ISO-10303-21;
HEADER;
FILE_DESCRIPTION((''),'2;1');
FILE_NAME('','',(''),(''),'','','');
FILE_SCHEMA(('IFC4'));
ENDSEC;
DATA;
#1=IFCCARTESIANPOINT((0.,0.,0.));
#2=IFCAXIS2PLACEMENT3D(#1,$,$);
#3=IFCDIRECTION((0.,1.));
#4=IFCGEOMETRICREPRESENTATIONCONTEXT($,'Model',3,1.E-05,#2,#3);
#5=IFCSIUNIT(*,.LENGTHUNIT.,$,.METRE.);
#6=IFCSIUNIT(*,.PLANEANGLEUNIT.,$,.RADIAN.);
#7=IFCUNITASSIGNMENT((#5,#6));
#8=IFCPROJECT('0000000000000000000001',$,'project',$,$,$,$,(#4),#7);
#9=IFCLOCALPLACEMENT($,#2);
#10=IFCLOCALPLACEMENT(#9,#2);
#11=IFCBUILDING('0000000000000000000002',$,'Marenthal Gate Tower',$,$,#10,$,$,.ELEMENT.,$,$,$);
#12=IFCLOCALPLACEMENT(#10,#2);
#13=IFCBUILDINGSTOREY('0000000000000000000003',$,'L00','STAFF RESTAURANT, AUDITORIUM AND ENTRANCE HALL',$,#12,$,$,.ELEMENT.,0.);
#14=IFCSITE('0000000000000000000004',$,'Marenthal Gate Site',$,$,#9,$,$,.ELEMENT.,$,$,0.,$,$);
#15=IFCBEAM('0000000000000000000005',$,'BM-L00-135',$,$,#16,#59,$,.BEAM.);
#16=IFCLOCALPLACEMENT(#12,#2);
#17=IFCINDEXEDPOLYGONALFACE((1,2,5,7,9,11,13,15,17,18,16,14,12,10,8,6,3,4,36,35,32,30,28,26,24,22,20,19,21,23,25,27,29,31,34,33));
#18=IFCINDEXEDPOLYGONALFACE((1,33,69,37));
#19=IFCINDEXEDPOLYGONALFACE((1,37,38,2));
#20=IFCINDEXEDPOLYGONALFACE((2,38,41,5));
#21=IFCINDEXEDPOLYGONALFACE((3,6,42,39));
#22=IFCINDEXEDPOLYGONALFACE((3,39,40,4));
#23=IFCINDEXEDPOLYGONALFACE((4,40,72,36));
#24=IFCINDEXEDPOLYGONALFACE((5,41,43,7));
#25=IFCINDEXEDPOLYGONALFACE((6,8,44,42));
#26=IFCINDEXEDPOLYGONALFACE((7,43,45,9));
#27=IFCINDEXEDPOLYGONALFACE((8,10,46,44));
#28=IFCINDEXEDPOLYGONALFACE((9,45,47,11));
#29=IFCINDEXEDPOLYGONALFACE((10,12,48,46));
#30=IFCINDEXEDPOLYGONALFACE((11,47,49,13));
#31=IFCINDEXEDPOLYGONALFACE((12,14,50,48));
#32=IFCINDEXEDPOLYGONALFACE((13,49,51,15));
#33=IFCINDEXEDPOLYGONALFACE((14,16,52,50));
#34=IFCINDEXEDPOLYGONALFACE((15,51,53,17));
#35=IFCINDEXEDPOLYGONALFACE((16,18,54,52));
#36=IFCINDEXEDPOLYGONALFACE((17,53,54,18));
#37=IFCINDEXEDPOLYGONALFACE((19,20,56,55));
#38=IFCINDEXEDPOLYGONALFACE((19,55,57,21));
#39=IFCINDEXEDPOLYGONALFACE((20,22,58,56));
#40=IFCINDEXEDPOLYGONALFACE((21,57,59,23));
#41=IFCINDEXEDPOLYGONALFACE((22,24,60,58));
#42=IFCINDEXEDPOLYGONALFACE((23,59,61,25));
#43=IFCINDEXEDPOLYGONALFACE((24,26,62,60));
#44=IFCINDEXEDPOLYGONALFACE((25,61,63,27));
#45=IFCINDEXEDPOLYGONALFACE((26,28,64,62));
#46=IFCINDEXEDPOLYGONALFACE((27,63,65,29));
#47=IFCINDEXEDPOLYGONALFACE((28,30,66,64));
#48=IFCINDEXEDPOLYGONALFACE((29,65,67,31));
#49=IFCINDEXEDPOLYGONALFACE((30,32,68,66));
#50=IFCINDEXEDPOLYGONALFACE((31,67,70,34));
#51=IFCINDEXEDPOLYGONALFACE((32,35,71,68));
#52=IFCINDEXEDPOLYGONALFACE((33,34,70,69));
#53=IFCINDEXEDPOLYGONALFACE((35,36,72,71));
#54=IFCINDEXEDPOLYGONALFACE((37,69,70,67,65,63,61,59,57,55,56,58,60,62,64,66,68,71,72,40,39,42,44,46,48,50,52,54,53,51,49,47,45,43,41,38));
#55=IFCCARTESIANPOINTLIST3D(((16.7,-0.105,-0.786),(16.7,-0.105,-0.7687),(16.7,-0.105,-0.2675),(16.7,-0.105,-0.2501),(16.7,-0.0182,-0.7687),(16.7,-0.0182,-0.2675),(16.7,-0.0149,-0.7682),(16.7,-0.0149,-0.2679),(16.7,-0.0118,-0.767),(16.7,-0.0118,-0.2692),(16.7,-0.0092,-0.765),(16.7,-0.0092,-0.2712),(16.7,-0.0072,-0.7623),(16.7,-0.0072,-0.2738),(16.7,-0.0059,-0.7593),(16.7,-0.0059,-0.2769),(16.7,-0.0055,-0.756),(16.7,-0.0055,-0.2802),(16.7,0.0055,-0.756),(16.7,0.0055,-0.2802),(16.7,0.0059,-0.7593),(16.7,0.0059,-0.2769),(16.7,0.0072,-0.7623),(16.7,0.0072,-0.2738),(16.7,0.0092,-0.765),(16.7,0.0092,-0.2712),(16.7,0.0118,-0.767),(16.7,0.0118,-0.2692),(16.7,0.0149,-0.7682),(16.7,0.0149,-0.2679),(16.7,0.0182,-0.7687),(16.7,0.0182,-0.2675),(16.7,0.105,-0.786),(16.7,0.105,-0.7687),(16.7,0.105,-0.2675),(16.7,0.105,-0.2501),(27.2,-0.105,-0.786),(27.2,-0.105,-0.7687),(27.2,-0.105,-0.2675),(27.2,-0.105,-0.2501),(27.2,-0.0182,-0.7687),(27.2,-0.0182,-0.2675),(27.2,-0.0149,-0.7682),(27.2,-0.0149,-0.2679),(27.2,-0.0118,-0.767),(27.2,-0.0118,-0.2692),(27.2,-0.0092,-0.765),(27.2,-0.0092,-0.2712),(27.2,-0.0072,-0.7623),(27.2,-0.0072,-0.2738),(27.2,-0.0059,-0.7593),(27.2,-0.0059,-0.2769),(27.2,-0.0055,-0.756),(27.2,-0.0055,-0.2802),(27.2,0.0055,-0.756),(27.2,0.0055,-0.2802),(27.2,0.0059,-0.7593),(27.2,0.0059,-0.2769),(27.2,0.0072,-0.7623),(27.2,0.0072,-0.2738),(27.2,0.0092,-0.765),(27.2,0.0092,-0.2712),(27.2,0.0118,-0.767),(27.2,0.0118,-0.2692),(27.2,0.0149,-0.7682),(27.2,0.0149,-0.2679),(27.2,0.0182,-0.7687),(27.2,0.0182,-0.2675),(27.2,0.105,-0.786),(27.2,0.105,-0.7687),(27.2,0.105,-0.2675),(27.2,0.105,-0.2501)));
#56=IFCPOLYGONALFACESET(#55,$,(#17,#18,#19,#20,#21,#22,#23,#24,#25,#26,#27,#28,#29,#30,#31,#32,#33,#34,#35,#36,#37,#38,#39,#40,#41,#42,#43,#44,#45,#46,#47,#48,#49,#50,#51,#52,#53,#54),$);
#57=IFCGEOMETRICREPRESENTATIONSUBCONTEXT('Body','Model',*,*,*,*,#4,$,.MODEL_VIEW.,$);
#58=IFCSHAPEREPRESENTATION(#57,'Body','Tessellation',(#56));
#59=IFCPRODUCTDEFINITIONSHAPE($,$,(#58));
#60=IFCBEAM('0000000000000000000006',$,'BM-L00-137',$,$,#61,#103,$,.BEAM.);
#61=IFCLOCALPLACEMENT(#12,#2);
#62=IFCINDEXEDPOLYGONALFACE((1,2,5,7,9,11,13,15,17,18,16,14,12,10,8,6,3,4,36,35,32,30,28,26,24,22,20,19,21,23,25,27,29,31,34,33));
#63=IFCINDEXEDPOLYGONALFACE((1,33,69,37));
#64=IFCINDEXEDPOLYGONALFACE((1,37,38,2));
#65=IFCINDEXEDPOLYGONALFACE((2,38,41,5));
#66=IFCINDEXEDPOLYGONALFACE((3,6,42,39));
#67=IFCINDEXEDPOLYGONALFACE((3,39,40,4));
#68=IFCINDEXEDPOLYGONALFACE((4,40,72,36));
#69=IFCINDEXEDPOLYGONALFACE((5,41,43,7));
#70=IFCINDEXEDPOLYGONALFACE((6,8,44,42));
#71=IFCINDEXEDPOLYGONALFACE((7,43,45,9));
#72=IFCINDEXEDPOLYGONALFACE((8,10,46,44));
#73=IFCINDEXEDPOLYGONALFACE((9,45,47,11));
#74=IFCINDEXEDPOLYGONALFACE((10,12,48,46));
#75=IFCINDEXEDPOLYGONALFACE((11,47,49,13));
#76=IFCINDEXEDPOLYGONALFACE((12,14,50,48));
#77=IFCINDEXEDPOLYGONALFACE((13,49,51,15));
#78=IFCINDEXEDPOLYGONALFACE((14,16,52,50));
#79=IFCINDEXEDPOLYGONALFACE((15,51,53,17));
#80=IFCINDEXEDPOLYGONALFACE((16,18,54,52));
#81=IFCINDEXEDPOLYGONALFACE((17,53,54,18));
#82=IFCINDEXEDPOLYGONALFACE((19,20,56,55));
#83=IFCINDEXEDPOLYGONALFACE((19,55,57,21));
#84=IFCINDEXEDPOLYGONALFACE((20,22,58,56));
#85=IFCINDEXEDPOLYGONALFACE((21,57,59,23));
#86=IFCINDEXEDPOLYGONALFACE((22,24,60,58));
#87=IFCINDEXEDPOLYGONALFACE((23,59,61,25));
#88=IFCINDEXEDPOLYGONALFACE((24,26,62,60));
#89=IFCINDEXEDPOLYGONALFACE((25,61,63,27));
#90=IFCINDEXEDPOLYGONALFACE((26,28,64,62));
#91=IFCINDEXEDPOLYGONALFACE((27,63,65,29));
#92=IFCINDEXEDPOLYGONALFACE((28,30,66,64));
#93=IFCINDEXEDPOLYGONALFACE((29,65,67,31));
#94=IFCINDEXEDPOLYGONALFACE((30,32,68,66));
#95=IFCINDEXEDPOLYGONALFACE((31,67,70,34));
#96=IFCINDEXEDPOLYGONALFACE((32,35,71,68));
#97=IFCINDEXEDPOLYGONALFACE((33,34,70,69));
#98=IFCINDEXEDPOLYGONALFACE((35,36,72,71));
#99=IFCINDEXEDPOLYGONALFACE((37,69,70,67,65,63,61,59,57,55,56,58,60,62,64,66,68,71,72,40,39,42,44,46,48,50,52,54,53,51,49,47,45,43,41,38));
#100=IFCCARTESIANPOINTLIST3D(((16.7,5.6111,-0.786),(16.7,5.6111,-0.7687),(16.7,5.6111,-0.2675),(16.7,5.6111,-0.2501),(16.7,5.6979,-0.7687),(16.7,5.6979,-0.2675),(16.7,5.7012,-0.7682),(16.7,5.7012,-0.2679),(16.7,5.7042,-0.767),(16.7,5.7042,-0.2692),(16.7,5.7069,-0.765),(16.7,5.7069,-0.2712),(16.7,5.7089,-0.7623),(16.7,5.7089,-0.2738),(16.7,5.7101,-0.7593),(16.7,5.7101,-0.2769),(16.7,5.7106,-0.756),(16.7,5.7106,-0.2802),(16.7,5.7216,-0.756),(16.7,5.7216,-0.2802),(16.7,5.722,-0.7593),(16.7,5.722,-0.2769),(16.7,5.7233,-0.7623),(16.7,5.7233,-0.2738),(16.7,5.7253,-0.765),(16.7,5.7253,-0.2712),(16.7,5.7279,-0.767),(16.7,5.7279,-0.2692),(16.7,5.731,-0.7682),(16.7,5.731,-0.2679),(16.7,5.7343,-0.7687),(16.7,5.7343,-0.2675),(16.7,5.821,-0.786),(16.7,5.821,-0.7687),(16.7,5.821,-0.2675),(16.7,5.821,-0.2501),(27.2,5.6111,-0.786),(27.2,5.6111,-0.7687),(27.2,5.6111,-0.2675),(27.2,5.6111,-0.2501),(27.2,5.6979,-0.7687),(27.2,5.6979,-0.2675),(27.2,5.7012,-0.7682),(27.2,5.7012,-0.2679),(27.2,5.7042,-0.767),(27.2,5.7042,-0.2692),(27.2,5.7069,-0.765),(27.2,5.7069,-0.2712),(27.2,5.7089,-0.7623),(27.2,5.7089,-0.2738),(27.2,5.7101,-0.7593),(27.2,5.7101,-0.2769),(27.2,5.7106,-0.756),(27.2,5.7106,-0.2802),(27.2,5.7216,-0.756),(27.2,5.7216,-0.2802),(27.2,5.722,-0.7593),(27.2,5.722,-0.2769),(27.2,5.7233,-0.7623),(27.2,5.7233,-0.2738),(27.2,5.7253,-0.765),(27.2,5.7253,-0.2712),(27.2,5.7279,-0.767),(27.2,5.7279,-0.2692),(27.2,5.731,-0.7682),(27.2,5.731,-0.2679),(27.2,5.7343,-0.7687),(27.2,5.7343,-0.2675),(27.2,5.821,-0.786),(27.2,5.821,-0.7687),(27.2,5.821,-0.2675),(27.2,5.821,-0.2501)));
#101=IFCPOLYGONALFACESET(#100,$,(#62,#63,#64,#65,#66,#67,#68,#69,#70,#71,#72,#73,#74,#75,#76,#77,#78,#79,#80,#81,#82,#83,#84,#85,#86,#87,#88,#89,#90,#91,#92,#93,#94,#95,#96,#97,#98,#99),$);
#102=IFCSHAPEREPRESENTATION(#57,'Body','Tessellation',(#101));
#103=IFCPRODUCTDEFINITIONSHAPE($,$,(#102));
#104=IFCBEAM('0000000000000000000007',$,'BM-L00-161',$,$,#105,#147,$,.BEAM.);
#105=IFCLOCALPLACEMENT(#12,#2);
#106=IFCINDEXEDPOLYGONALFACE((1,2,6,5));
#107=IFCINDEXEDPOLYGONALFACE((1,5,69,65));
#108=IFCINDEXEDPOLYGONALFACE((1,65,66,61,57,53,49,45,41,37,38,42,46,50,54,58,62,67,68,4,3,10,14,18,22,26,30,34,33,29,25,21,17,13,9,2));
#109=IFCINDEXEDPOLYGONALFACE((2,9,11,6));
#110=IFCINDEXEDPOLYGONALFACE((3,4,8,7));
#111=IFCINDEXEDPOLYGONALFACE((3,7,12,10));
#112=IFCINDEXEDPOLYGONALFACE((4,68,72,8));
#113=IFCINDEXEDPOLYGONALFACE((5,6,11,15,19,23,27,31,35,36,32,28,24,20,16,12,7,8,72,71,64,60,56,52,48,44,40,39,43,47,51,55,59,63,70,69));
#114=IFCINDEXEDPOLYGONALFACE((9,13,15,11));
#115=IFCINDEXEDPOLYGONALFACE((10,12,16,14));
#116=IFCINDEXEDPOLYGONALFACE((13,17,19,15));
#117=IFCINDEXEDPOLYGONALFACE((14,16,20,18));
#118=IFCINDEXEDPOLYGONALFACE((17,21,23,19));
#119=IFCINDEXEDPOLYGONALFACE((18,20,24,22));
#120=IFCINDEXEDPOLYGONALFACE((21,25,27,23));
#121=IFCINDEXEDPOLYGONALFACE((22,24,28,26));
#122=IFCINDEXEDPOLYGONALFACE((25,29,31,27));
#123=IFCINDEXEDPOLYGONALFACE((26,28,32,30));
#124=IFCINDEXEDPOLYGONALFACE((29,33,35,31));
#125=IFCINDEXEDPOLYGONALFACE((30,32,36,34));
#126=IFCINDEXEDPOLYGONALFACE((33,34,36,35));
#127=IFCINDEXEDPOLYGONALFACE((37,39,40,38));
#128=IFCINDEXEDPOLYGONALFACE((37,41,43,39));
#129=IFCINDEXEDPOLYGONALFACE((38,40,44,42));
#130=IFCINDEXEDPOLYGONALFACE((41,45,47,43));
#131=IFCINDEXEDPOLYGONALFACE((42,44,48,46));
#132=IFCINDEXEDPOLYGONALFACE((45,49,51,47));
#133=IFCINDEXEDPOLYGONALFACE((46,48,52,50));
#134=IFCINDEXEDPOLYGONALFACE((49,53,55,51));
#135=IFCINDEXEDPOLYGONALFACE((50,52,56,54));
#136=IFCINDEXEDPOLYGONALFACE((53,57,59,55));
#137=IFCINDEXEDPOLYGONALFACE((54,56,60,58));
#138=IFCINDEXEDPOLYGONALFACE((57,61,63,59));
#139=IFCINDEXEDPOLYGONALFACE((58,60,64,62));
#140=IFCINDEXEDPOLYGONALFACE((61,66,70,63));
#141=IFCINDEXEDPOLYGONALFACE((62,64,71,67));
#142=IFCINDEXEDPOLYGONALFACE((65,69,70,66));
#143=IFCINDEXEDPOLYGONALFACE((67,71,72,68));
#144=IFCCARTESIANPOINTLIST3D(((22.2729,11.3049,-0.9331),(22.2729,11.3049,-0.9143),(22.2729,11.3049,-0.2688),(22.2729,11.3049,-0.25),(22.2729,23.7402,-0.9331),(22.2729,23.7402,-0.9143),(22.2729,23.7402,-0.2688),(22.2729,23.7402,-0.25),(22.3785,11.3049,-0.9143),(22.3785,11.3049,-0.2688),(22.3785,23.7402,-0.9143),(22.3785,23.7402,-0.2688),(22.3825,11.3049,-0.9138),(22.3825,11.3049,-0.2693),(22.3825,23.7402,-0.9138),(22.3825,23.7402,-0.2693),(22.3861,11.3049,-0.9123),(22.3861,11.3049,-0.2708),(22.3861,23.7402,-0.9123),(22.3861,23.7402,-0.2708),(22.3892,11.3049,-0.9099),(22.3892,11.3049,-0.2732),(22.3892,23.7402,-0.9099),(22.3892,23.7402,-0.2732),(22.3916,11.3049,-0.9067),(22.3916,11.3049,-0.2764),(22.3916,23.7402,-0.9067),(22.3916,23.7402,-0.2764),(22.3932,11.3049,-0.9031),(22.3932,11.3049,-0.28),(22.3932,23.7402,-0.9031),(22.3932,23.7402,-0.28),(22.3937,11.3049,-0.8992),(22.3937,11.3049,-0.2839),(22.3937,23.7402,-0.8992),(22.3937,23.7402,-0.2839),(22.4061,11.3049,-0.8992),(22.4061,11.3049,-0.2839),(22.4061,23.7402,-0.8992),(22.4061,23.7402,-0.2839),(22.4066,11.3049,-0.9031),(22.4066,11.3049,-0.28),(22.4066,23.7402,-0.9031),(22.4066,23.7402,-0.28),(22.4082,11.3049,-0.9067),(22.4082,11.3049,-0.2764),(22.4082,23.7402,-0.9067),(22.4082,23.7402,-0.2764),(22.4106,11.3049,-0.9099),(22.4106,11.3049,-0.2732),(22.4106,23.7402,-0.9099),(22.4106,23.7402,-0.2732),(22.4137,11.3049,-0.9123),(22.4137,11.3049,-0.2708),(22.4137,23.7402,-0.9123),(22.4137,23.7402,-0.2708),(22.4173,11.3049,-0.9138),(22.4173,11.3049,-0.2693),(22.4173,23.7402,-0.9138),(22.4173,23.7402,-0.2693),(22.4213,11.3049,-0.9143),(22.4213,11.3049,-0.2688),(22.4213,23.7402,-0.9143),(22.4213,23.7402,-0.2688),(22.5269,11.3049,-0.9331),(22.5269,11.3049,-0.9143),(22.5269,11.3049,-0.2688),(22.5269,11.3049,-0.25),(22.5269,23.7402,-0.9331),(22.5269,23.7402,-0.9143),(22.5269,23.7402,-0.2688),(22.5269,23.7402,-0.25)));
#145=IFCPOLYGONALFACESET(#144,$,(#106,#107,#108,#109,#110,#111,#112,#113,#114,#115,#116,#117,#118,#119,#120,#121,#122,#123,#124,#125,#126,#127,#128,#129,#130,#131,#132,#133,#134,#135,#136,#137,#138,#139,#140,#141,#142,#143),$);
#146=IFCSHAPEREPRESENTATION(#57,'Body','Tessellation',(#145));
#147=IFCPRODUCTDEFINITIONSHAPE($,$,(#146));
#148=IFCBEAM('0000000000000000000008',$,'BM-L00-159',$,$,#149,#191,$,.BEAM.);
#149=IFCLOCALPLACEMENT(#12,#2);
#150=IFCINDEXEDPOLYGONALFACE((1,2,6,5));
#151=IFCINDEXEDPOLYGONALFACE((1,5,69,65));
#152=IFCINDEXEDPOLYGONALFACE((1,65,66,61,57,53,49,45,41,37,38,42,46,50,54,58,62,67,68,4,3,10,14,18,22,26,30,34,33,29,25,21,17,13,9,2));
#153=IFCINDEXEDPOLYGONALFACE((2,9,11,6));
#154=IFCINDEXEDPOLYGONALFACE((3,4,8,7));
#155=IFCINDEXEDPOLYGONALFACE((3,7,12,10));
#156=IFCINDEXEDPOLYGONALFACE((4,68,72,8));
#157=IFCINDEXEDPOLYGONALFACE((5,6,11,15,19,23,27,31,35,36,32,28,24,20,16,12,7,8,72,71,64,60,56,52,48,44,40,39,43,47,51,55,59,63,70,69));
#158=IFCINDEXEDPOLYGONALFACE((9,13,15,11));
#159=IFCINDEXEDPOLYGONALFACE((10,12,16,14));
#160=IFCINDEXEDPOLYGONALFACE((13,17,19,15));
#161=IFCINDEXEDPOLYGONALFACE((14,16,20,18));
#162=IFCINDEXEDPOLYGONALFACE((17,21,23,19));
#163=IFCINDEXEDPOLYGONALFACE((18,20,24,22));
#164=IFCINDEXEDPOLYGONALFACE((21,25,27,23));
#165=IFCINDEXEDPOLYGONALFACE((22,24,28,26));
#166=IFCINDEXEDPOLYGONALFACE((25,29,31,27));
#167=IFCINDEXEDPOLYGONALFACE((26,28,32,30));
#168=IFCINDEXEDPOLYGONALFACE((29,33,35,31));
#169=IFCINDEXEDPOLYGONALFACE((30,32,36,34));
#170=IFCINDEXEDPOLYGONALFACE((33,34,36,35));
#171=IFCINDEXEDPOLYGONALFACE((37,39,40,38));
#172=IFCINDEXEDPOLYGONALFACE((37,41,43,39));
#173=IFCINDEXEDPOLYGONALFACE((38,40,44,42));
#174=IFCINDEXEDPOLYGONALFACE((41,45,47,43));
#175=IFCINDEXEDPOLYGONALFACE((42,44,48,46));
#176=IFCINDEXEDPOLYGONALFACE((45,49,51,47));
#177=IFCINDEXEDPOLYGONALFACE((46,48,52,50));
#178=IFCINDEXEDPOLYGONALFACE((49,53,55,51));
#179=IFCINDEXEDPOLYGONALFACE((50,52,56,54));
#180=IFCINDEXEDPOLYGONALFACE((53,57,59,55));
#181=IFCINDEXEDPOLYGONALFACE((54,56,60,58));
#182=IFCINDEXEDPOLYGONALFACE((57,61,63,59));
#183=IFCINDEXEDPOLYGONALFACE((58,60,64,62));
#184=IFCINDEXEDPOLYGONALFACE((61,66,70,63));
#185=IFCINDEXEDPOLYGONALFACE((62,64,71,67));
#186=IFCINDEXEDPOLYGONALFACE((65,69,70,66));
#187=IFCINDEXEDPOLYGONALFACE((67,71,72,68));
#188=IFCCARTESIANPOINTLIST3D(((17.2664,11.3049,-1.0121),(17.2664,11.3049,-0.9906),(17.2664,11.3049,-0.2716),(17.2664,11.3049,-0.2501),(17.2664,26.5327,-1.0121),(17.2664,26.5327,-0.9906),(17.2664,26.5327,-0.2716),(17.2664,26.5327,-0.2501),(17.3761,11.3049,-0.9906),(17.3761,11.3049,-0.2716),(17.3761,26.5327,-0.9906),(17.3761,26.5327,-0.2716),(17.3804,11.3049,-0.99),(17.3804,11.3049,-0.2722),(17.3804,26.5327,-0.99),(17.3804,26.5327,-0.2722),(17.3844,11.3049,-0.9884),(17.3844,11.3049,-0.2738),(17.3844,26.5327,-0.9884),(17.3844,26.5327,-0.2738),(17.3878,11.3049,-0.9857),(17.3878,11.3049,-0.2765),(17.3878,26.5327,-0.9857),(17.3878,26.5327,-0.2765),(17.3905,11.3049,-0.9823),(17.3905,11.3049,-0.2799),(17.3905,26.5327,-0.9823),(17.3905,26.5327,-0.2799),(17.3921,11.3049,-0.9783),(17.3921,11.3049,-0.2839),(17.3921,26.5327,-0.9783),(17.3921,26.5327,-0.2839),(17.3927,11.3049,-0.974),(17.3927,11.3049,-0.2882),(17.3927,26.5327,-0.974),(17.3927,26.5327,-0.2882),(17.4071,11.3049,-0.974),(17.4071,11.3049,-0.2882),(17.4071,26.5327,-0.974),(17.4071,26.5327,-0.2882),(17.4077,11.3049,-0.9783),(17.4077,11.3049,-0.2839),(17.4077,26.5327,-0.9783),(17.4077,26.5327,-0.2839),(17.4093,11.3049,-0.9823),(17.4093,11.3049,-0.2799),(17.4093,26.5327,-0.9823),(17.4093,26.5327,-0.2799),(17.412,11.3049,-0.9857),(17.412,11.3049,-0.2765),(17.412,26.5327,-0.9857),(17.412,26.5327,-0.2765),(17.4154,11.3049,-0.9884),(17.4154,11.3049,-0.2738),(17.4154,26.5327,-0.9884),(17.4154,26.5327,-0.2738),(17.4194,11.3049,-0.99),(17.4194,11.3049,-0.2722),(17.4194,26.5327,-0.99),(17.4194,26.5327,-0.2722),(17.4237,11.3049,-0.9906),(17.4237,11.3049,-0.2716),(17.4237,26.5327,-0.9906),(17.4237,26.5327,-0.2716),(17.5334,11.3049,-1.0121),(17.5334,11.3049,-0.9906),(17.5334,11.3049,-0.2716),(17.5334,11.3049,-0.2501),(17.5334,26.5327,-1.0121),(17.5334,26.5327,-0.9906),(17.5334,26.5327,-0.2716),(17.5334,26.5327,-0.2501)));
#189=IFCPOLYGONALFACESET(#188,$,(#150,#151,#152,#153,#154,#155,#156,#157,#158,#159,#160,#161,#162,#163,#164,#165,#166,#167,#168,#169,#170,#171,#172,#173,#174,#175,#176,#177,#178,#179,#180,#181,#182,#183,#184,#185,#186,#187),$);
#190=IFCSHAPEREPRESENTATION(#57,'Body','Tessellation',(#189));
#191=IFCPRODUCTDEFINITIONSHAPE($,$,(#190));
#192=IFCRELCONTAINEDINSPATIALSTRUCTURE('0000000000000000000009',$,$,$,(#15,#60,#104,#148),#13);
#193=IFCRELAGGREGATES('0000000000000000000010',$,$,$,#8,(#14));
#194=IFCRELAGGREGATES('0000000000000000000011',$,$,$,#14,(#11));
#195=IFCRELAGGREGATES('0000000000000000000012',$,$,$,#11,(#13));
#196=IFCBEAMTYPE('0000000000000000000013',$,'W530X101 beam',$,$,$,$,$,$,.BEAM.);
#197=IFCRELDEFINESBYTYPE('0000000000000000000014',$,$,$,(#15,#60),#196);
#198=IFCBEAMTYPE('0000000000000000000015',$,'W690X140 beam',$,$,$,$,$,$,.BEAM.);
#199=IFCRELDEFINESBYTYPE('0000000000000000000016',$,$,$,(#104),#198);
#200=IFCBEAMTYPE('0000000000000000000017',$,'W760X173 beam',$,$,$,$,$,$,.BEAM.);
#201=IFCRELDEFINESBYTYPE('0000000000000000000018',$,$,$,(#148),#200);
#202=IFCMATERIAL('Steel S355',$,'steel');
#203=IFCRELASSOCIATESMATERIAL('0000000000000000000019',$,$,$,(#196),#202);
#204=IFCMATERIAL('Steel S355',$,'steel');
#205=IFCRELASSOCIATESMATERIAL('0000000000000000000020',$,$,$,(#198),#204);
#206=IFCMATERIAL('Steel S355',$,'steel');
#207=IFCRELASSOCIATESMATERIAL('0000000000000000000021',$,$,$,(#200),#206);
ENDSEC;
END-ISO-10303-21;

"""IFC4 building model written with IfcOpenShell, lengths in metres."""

from ifc_helpers import new_model, si_unit, direction, frame, origin, origin_2d, place, context, subcontext, project, spatial, i_section, extrude, material, material_profile, profile_set, type_object, element, save


model = new_model("IFC4")

# Units and contexts
model_context = context("Model", 3, precision=1e-05, world=origin(), true_north=direction((0.0, 1.0)))
body_context = subcontext(model_context, "Body", "Model", "MODEL_VIEW")
ifc_project = project(units=[si_unit("LENGTHUNIT", "METRE"), si_unit("PLANEANGLEUNIT", "RADIAN")], contexts=[model_context])

# Site, building, storey
site_placement = place(None, origin())
site = spatial("IfcSite", under=ifc_project, at=site_placement, Name="Marenthal Gate Site", CompositionType="ELEMENT", RefElevation=0.0)
building_placement = place(site_placement, origin())
building = spatial("IfcBuilding", under=site, at=building_placement, Name="Marenthal Gate Tower", CompositionType="ELEMENT")
storey_placement = place(building_placement, origin())
storey = spatial("IfcBuildingStorey", under=building, at=storey_placement, Name="L00", Description="STAFF RESTAURANT, AUDITORIUM AND ENTRANCE HALL", CompositionType="ELEMENT", Elevation=0.0)

# Beams
ifc_material_1 = material(Name="Steel S355", Category="steel")
ifc_material_profile_1 = material_profile(ifc_material_1, i_section(OverallWidth=0.21, OverallDepth=0.5359, WebThickness=0.011, FlangeThickness=0.0173, FilletRadius=0.0127, at=origin_2d()), Name="W530X101")
ifc_profile_set_1 = profile_set([ifc_material_profile_1], Name="Steel S355")
beam_type_1 = type_object("IfcBeamType", Name="W530X101 beam", PredefinedType="BEAM", material=ifc_profile_set_1)
for number, where, z_axis, x_axis, name in (
    (1, (16.7, 0.0, -0.5181), (1.0, 0.0, 0.0), (0.0, 1.0, 0.0), "BM-L00-135"),
    (2, (16.7, 5.7161, -0.5181), (1.0, 0.0, 0.0), (0.0, 1.0, 0.0), "BM-L00-137"),
):
    element("IfcBeam", number, at=place(storey_placement, frame(where, z_axis=z_axis, x_axis=x_axis)), inside=storey, type_object=beam_type_1, Name=name, PredefinedType="BEAM", context=body_context, shape_type="SweptSolid", body=[
        extrude(i_section(OverallWidth=0.21, OverallDepth=0.5359, WebThickness=0.011, FlangeThickness=0.0173, FilletRadius=0.0127, at=origin_2d()), origin(), (0.0, 0.0, 1.0), 10.5),
    ])
ifc_material_2 = material(Name="Steel S355", Category="steel")
ifc_material_profile_2 = material_profile(ifc_material_2, i_section(OverallWidth=0.2539, OverallDepth=0.6831, WebThickness=0.0125, FlangeThickness=0.0188, FilletRadius=0.0151, at=origin_2d()), Name="W690X140")
ifc_profile_set_2 = profile_set([ifc_material_profile_2], Name="Steel S355")
beam_type_2 = type_object("IfcBeamType", Name="W690X140 beam", PredefinedType="BEAM", material=ifc_profile_set_2)
beam_1_placement = place(storey_placement, frame((22.3999, 11.3049, -0.5916), z_axis=(0.0, 1.0, 0.0), x_axis=(-1.0, 0.0, 0.0)))
element("IfcBeam", 3, at=beam_1_placement, inside=storey, type_object=beam_type_2, Name="BM-L00-161", PredefinedType="BEAM", context=body_context, shape_type="SweptSolid", body=[
    extrude(i_section(OverallWidth=0.2539, OverallDepth=0.6831, WebThickness=0.0125, FlangeThickness=0.0188, FilletRadius=0.0151, at=origin_2d()), origin(), (0.0, 0.0, 1.0), 12.4353),
])
ifc_material_3 = material(Name="Steel S355", Category="steel")
ifc_material_profile_3 = material_profile(ifc_material_3, i_section(OverallWidth=0.2671, OverallDepth=0.762, WebThickness=0.0144, FlangeThickness=0.0215, FilletRadius=0.0166, at=origin_2d()), Name="W760X173")
ifc_profile_set_3 = profile_set([ifc_material_profile_3], Name="Steel S355")
beam_type_3 = type_object("IfcBeamType", Name="W760X173 beam", PredefinedType="BEAM", material=ifc_profile_set_3)
beam_2_placement = place(storey_placement, frame((17.3999, 11.3049, -0.6311), z_axis=(0.0, 1.0, 0.0), x_axis=(-1.0, 0.0, 0.0)))
element("IfcBeam", 4, at=beam_2_placement, inside=storey, type_object=beam_type_3, Name="BM-L00-159", PredefinedType="BEAM", context=body_context, shape_type="SweptSolid", body=[
    extrude(i_section(OverallWidth=0.2671, OverallDepth=0.762, WebThickness=0.0144, FlangeThickness=0.0215, FilletRadius=0.0166, at=origin_2d()), origin(), (0.0, 0.0, 1.0), 15.2278),
])

save(model, "model.ifc")
